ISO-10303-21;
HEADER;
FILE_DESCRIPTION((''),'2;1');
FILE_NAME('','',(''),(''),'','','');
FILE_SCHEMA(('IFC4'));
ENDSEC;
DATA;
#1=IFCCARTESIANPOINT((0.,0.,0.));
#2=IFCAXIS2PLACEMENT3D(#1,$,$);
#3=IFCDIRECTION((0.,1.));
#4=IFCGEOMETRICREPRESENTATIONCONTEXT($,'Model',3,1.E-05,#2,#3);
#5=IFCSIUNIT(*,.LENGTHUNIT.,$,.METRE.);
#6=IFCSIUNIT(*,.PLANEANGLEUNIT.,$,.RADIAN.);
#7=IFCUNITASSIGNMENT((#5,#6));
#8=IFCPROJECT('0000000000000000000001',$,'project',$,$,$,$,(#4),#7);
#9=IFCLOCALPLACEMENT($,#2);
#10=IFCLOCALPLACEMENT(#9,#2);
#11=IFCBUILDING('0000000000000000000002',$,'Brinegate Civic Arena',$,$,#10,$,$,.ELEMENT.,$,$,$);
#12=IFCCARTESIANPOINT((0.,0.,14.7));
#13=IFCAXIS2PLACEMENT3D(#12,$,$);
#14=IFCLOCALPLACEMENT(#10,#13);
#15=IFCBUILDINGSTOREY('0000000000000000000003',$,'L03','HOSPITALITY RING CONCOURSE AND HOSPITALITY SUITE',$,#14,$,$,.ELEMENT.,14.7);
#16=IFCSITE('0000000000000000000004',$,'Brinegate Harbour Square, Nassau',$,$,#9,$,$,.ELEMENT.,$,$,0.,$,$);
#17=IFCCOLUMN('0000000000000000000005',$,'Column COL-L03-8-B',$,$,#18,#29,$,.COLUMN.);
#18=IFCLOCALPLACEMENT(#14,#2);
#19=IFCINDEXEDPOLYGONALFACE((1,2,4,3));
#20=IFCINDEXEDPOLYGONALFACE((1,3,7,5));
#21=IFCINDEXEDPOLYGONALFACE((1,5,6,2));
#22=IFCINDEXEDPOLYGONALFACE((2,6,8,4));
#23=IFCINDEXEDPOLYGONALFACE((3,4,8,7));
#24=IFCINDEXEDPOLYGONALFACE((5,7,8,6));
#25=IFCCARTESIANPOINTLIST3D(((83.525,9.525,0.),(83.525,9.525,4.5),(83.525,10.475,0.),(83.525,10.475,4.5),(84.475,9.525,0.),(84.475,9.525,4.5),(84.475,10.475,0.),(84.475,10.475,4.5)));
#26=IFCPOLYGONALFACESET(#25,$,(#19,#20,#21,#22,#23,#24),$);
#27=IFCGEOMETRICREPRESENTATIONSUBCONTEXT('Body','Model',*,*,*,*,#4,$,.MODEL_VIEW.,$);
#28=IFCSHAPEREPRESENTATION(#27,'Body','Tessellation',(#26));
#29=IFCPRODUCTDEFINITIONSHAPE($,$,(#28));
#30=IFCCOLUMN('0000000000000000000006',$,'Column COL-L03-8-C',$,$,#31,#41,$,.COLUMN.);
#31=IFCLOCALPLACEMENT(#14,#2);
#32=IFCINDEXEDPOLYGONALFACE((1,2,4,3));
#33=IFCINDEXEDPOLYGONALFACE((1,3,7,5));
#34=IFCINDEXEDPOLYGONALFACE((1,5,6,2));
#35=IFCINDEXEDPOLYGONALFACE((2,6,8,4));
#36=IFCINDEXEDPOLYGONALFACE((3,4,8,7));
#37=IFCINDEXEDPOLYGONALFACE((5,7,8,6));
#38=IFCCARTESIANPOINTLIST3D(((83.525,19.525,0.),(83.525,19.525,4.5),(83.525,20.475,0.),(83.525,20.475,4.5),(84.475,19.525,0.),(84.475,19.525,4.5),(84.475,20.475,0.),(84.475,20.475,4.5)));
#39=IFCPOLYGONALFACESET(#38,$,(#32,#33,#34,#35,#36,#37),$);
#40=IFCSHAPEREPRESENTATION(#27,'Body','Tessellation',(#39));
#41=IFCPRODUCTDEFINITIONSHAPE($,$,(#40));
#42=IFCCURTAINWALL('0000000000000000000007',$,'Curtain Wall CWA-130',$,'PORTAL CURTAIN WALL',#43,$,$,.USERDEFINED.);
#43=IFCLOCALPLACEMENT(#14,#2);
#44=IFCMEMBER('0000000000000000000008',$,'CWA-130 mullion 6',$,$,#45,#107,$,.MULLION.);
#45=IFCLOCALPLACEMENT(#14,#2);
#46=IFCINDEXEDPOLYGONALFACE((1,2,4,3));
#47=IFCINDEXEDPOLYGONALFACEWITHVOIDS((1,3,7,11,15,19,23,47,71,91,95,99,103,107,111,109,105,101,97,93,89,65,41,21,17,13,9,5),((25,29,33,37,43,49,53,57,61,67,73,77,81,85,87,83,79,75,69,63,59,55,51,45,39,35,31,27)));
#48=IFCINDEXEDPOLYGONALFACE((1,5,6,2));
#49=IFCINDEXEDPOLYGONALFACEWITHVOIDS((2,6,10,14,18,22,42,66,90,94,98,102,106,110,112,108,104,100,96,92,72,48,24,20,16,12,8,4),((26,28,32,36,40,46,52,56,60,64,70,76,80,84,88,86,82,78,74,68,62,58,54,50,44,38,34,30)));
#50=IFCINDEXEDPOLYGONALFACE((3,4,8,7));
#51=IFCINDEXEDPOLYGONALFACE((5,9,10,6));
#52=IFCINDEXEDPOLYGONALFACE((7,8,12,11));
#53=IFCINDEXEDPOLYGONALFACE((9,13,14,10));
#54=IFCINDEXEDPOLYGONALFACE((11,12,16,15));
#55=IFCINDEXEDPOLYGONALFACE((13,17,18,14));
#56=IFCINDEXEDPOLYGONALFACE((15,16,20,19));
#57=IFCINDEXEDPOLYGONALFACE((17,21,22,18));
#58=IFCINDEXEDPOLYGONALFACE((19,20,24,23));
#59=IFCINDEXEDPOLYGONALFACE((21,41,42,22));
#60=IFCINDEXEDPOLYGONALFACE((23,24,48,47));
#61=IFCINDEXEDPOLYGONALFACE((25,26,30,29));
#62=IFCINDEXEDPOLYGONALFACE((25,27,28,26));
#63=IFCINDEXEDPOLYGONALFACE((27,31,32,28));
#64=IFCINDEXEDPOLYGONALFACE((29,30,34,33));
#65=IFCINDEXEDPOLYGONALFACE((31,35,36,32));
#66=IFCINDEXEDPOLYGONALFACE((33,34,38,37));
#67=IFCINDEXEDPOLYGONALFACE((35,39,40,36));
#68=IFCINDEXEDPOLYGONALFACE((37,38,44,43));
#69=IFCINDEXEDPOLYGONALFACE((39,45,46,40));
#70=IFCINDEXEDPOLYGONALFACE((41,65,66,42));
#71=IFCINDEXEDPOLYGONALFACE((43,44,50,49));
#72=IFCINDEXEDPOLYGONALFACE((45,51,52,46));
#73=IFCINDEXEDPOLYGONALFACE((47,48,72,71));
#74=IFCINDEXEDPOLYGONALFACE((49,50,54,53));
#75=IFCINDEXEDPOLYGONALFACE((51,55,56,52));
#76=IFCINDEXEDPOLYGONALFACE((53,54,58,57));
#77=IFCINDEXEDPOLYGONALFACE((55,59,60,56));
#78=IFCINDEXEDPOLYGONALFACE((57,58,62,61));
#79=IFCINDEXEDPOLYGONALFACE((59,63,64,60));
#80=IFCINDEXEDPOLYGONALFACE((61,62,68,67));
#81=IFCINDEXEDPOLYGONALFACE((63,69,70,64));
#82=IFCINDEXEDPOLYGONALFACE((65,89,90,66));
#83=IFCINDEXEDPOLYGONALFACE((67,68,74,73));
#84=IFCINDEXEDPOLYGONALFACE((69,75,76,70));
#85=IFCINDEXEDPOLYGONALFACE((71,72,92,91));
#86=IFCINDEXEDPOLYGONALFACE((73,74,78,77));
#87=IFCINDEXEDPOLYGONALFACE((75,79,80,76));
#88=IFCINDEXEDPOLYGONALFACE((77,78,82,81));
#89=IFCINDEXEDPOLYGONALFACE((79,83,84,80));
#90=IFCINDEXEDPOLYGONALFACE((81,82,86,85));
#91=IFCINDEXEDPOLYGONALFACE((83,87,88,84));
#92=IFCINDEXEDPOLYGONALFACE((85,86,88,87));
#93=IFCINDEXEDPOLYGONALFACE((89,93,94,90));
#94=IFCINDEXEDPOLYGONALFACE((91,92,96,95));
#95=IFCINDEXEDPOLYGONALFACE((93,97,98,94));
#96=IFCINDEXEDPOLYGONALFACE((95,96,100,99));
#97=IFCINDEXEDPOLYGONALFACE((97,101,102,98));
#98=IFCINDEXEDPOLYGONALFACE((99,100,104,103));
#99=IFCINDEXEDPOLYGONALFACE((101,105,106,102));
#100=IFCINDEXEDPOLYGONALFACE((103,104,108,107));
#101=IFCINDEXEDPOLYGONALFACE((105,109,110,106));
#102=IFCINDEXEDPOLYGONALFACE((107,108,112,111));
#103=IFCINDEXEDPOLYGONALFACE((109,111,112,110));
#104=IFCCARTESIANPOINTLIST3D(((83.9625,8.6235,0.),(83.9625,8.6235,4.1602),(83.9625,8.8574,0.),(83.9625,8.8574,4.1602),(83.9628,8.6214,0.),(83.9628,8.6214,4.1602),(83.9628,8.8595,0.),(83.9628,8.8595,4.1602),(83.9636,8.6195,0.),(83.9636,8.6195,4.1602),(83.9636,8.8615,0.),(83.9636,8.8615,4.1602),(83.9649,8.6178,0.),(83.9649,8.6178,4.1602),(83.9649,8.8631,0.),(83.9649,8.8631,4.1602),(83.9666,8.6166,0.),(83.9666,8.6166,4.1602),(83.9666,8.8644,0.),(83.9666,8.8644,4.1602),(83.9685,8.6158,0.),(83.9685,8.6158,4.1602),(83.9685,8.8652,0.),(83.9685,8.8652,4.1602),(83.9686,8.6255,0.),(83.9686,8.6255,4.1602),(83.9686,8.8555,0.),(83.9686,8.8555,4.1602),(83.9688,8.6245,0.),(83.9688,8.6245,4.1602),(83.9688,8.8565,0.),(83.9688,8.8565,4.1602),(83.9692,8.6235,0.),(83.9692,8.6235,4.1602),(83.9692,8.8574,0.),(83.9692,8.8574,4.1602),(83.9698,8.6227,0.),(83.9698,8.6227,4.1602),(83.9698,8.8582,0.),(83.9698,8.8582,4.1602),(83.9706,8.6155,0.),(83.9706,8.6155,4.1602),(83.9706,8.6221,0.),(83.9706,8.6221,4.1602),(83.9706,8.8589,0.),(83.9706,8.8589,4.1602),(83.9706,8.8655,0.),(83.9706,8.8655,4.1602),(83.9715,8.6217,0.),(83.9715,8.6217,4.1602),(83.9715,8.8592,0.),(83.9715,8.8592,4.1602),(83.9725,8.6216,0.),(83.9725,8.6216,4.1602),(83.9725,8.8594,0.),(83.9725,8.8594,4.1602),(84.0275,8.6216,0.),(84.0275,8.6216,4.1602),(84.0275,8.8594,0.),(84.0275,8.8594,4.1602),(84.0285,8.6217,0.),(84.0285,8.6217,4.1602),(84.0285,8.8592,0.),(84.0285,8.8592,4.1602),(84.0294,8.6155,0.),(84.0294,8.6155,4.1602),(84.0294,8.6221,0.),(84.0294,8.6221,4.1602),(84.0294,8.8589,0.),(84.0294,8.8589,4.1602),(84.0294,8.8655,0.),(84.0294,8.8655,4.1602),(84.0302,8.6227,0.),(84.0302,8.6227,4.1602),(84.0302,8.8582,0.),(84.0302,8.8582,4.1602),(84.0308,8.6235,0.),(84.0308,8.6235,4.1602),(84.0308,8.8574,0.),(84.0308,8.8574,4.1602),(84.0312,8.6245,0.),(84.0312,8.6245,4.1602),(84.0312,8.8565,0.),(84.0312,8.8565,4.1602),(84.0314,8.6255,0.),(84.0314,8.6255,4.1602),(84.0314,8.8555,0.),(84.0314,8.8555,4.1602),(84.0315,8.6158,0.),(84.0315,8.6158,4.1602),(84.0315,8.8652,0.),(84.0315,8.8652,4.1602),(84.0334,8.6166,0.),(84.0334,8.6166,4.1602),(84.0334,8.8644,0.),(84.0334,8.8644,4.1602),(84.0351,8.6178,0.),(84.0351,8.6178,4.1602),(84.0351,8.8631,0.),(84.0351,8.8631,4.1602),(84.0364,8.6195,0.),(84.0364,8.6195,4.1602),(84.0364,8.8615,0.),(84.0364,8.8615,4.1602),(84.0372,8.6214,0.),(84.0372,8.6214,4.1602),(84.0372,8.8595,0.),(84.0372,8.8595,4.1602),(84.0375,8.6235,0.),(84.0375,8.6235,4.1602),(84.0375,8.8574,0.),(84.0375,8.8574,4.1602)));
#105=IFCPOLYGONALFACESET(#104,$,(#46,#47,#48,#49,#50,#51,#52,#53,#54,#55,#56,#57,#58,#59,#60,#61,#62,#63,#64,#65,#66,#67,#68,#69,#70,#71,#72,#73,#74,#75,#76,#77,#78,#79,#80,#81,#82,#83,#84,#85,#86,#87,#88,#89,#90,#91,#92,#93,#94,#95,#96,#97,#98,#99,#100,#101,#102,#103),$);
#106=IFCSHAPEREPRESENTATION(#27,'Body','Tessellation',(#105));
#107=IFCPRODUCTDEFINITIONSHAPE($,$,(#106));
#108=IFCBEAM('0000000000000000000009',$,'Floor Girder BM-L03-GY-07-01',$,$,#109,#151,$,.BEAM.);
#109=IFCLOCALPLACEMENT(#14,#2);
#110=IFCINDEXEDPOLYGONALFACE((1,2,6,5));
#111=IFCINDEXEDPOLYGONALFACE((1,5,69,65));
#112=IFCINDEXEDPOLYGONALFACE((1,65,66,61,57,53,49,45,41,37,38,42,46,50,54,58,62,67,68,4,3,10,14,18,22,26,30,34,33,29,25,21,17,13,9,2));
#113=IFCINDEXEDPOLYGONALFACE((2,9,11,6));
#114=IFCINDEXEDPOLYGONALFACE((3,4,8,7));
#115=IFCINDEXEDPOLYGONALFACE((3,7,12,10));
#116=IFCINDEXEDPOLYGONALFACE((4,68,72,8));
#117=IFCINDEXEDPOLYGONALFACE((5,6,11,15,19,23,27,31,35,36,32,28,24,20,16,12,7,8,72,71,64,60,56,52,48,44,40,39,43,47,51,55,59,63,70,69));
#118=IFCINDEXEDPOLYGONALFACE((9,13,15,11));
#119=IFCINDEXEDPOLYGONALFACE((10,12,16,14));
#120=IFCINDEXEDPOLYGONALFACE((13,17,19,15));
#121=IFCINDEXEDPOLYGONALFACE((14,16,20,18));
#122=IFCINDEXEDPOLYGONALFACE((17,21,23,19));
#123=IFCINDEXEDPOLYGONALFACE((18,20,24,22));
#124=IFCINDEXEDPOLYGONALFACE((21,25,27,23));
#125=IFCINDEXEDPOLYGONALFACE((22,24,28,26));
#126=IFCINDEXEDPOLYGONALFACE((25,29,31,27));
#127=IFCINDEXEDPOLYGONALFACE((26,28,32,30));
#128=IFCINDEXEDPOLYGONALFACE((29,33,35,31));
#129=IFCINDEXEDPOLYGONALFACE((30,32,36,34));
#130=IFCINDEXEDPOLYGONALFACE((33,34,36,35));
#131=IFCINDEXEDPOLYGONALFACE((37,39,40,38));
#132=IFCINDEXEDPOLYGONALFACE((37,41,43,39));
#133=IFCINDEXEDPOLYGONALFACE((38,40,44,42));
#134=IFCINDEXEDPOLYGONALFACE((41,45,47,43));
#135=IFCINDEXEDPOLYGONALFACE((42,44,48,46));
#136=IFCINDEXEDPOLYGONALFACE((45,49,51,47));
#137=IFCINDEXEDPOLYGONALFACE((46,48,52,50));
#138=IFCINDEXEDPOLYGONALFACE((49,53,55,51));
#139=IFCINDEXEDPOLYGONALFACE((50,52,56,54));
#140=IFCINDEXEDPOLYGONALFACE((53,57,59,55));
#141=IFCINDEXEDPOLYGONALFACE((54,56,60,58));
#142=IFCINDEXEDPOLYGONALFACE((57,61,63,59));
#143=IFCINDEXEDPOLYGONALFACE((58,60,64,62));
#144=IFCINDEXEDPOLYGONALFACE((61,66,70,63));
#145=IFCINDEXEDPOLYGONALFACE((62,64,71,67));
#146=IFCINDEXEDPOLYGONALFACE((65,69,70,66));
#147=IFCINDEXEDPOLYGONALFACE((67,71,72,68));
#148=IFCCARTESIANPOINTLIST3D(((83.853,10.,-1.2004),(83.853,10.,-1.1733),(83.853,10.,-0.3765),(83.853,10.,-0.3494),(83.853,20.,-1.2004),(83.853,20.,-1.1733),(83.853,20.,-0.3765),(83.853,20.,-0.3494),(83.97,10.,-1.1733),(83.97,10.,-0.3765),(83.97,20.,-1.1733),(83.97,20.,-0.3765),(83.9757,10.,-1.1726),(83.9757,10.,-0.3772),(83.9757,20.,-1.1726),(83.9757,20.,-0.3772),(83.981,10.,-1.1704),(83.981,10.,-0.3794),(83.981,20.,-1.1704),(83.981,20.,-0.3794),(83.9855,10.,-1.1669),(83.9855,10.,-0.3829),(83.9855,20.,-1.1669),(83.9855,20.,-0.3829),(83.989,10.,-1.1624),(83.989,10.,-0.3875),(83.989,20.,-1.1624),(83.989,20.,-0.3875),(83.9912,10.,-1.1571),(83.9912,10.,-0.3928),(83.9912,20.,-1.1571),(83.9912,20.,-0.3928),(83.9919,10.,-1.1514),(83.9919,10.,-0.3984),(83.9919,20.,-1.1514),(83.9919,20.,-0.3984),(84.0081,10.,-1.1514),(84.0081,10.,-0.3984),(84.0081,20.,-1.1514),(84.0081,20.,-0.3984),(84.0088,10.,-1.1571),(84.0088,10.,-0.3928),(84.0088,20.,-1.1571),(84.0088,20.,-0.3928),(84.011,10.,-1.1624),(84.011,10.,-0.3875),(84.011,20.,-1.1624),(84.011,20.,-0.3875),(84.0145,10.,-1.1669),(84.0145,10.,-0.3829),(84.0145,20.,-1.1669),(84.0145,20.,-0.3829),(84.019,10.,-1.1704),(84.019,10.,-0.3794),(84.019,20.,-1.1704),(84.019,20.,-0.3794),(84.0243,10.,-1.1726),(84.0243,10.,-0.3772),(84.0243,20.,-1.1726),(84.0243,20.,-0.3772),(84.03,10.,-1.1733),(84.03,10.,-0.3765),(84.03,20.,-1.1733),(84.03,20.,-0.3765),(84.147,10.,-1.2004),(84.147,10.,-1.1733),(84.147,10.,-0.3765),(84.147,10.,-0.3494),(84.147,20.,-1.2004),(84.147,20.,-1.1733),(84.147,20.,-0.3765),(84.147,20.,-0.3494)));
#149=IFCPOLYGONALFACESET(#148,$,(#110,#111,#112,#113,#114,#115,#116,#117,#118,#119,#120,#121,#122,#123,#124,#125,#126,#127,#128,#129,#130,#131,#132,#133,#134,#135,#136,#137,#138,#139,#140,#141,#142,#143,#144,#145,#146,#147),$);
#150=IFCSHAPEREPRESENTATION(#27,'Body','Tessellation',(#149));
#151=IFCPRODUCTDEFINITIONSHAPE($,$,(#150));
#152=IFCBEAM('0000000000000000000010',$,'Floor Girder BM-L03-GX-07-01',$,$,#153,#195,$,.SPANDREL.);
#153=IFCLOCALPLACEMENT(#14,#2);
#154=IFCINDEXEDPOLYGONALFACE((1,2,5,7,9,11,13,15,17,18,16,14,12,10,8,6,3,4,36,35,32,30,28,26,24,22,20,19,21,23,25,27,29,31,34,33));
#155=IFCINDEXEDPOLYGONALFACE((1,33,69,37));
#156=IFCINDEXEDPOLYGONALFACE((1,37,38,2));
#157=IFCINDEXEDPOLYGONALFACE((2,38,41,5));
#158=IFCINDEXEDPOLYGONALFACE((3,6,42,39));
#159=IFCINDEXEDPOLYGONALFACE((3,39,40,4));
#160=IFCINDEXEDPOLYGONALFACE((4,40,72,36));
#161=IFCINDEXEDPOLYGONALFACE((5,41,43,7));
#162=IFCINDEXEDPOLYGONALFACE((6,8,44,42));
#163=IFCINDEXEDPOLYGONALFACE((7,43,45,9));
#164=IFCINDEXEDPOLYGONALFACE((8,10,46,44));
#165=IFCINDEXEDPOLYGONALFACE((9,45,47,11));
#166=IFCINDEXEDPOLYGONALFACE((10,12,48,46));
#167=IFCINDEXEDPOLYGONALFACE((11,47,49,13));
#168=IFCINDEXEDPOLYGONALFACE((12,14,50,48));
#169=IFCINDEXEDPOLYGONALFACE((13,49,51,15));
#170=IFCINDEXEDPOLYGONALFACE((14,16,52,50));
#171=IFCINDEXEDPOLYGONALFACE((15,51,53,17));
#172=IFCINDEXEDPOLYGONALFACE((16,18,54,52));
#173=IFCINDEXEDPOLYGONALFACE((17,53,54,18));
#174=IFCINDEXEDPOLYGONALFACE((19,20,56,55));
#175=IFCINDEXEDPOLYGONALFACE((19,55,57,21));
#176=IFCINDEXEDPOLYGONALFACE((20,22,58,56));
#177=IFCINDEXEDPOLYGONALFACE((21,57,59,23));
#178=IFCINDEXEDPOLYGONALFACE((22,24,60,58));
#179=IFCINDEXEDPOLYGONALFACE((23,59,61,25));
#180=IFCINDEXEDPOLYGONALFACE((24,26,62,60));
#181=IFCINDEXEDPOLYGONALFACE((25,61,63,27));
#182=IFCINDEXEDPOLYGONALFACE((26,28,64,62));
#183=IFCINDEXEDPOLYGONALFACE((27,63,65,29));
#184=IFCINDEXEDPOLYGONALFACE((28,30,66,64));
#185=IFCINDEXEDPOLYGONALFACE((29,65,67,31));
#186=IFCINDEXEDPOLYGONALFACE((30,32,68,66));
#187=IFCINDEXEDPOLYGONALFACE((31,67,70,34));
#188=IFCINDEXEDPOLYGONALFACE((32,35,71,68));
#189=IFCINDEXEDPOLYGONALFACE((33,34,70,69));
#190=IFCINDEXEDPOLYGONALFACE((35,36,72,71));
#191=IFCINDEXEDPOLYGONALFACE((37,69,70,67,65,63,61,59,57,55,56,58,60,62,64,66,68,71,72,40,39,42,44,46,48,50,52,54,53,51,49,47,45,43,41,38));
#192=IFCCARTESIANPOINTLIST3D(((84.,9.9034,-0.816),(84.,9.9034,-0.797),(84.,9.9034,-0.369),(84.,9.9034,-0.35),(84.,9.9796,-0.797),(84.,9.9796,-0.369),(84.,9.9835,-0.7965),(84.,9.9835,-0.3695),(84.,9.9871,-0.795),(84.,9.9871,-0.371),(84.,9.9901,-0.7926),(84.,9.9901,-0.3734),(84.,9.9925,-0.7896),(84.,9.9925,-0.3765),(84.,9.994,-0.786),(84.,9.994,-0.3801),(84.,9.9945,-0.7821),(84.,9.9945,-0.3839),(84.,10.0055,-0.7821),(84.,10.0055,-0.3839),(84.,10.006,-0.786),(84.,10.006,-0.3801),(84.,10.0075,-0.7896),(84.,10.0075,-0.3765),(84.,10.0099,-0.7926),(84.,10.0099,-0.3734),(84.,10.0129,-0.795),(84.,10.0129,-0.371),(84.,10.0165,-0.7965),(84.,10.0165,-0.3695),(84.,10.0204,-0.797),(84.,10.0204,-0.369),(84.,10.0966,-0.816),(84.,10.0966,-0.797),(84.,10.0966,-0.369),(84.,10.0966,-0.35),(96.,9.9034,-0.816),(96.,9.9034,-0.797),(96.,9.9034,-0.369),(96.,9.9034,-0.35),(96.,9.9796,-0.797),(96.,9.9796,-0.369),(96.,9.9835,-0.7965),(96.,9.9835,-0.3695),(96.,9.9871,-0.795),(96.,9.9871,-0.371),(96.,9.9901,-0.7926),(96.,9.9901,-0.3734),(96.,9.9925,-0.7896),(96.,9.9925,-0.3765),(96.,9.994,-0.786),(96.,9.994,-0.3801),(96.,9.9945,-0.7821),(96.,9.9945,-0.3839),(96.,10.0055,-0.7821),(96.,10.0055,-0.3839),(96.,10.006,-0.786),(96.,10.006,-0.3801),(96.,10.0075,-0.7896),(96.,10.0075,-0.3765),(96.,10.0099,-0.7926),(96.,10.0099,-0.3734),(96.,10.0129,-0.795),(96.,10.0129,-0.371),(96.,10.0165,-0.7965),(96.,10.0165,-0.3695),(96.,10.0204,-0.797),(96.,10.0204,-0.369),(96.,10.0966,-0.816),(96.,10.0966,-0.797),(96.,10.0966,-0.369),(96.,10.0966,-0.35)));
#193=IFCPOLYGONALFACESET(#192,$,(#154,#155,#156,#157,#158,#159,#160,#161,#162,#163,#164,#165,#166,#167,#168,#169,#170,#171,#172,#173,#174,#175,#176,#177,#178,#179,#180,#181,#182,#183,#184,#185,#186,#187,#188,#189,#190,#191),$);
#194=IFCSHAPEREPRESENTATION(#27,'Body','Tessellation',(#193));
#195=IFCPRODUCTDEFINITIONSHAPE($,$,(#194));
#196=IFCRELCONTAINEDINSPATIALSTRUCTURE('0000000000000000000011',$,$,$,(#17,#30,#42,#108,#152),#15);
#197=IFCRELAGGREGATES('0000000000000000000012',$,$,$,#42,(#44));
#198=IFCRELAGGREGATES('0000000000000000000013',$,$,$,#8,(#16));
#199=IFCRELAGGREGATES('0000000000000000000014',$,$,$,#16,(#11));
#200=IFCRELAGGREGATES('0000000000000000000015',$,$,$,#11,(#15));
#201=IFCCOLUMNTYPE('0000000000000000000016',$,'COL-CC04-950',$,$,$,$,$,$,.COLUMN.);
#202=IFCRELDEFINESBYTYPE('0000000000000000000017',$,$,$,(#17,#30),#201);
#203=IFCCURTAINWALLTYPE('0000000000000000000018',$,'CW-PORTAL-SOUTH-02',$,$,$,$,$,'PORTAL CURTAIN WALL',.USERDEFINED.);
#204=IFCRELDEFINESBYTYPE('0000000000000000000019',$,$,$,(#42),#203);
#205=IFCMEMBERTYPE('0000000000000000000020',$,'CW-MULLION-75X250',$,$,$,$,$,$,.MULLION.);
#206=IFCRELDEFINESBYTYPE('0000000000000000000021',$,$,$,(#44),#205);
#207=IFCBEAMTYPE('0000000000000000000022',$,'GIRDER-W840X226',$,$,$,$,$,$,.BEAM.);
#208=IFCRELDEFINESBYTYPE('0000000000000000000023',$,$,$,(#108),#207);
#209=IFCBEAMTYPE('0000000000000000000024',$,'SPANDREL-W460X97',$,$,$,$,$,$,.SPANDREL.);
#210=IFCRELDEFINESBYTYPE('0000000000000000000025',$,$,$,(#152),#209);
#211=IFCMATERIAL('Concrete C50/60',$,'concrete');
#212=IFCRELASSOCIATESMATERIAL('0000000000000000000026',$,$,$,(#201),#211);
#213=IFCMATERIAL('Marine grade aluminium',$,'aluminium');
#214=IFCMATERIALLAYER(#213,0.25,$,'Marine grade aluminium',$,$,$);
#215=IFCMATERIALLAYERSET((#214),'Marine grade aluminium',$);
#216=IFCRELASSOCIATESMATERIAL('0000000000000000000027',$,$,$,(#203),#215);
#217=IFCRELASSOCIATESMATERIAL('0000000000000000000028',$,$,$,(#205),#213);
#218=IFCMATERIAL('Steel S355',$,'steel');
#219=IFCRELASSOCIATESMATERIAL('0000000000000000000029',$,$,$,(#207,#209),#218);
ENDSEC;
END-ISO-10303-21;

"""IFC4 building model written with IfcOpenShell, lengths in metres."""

from ifc_helpers import new_model, si_unit, direction, frame, origin, origin_2d, place, context, subcontext, project, spatial, rectangle, hollow_rectangle, i_section, extrude, material, layer, layer_set, material_profile, profile_set, type_object, element, aggregate, save


model = new_model("IFC4")

# Units and contexts
model_context = context("Model", 3, precision=1e-05, world=origin(), true_north=direction((0.0, 1.0)))
body_context = subcontext(model_context, "Body", "Model", "MODEL_VIEW")
ifc_project = project(units=[si_unit("LENGTHUNIT", "METRE"), si_unit("PLANEANGLEUNIT", "RADIAN")], contexts=[model_context])

# Site, building, storey
site_placement = place(None, origin())
site = spatial("IfcSite", under=ifc_project, at=site_placement, Name="Brinegate Harbour Square, Nassau", CompositionType="ELEMENT", RefElevation=0.0)
building_placement = place(site_placement, origin())
building = spatial("IfcBuilding", under=site, at=building_placement, Name="Brinegate Civic Arena", CompositionType="ELEMENT")
storey_placement = place(building_placement, frame((0.0, 0.0, 14.7)))
storey = spatial("IfcBuildingStorey", under=building, at=storey_placement, Name="L03", Description="HOSPITALITY RING CONCOURSE AND HOSPITALITY SUITE", CompositionType="ELEMENT", Elevation=14.7)

# Columns
ifc_material_1 = material(Name="Concrete C50/60", Category="concrete")
ifc_material_profile_1 = material_profile(ifc_material_1, rectangle(XDim=0.95, YDim=0.95, at=origin_2d()), Name="RC950X950")
ifc_profile_set_1 = profile_set([ifc_material_profile_1], Name="Concrete C50/60")
column_type = type_object("IfcColumnType", Name="COL-CC04-950", PredefinedType="COLUMN", material=ifc_profile_set_1)
for number, where, z_axis, x_axis, name in (
    (1, (84.0, 10.0, 0.0), (0.0, 0.0, 1.0), (1.0, 0.0, 0.0), "Column COL-L03-8-B"),
    (2, (84.0, 20.0, 0.0), (0.0, 0.0, 1.0), (1.0, 0.0, 0.0), "Column COL-L03-8-C"),
):
    element("IfcColumn", number, at=place(storey_placement, frame(where, z_axis=z_axis, x_axis=x_axis)), inside=storey, type_object=column_type, Name=name, PredefinedType="COLUMN", context=body_context, shape_type="SweptSolid", body=[
        extrude(rectangle(XDim=0.95, YDim=0.95, at=origin_2d()), origin(), (0.0, 0.0, 1.0), 4.5),
    ])

# Curtain wall, member
ifc_material_2 = material(Name="Marine grade aluminium", Category="aluminium")
ifc_layer_1 = layer(ifc_material_2, 0.25, Name="Marine grade aluminium")
ifc_layer_set_1 = layer_set([ifc_layer_1], Name="Marine grade aluminium")
curtain_wall_type = type_object("IfcCurtainWallType", Name="CW-PORTAL-SOUTH-02", ElementType="PORTAL CURTAIN WALL", PredefinedType="USERDEFINED", material=ifc_layer_set_1)
curtain_wall_placement = place(storey_placement, origin())
curtain_wall = element("IfcCurtainWall", 3, at=curtain_wall_placement, inside=storey, type_object=curtain_wall_type, Name="Curtain Wall CWA-130", ObjectType="PORTAL CURTAIN WALL", PredefinedType="USERDEFINED")
ifc_material_profile_2 = material_profile(ifc_material_2, hollow_rectangle(XDim=0.075, YDim=0.25, WallThickness=0.0061, InnerFilletRadius=0.0039, OuterFilletRadius=0.0081, at=origin_2d()), Name="MUL75X250")
ifc_profile_set_2 = profile_set([ifc_material_profile_2], Name="Marine grade aluminium")
member_type = type_object("IfcMemberType", Name="CW-MULLION-75X250", PredefinedType="MULLION", material=ifc_profile_set_2)
member_placement = place(storey_placement, frame((84.0, 8.7405, 0.0), z_axis=(0.0, 0.0, 1.0), x_axis=(-1.0, 0.0, 0.0)))
member = element("IfcMember", 4, at=member_placement, type_object=member_type, Name="CWA-130 mullion 6", PredefinedType="MULLION", context=body_context, shape_type="SweptSolid", body=[
    extrude(hollow_rectangle(XDim=0.075, YDim=0.25, WallThickness=0.0061, InnerFilletRadius=0.0039, OuterFilletRadius=0.0081, at=origin_2d()), origin(), (0.0, 0.0, 1.0), 4.1602),
])

# Beams
ifc_material_3 = material(Name="Steel S355", Category="steel")
ifc_material_profile_3 = material_profile(ifc_material_3, i_section(OverallWidth=0.2939, OverallDepth=0.8511, WebThickness=0.0161, FlangeThickness=0.0271, FilletRadius=0.022, at=origin_2d()), Name="W840X226")
ifc_profile_set_3 = profile_set([ifc_material_profile_3], Name="Steel S355")
beam_type_1 = type_object("IfcBeamType", Name="GIRDER-W840X226", PredefinedType="BEAM", material=ifc_profile_set_3)
beam_1_placement = place(storey_placement, frame((84.0, 10.0, -0.7749), z_axis=(0.0, 1.0, 0.0), x_axis=(-1.0, 0.0, 0.0)))
element("IfcBeam", 5, at=beam_1_placement, inside=storey, type_object=beam_type_1, Name="Floor Girder BM-L03-GY-07-01", PredefinedType="BEAM", context=body_context, shape_type="SweptSolid", body=[
    extrude(i_section(OverallWidth=0.2939, OverallDepth=0.8511, WebThickness=0.0161, FlangeThickness=0.0271, FilletRadius=0.022, at=origin_2d()), origin(), (0.0, 0.0, 1.0), 10.0),
])
ifc_material_profile_4 = material_profile(ifc_material_3, i_section(OverallWidth=0.1931, OverallDepth=0.4661, WebThickness=0.011, FlangeThickness=0.019, FilletRadius=0.0149, at=origin_2d()), Name="W460X97")
ifc_profile_set_4 = profile_set([ifc_material_profile_4], Name="Steel S355")
beam_type_2 = type_object("IfcBeamType", Name="SPANDREL-W460X97", PredefinedType="SPANDREL", material=ifc_profile_set_4)
beam_2_placement = place(storey_placement, frame((84.0, 10.0, -0.583), z_axis=(1.0, 0.0, 0.0), x_axis=(0.0, 1.0, 0.0)))
element("IfcBeam", 6, at=beam_2_placement, inside=storey, type_object=beam_type_2, Name="Floor Girder BM-L03-GX-07-01", PredefinedType="SPANDREL", context=body_context, shape_type="SweptSolid", body=[
    extrude(i_section(OverallWidth=0.1931, OverallDepth=0.4661, WebThickness=0.011, FlangeThickness=0.019, FilletRadius=0.0149, at=origin_2d()), origin(), (0.0, 0.0, 1.0), 12.0),
])

aggregate(curtain_wall, [member])

save(model, "model.ifc")
